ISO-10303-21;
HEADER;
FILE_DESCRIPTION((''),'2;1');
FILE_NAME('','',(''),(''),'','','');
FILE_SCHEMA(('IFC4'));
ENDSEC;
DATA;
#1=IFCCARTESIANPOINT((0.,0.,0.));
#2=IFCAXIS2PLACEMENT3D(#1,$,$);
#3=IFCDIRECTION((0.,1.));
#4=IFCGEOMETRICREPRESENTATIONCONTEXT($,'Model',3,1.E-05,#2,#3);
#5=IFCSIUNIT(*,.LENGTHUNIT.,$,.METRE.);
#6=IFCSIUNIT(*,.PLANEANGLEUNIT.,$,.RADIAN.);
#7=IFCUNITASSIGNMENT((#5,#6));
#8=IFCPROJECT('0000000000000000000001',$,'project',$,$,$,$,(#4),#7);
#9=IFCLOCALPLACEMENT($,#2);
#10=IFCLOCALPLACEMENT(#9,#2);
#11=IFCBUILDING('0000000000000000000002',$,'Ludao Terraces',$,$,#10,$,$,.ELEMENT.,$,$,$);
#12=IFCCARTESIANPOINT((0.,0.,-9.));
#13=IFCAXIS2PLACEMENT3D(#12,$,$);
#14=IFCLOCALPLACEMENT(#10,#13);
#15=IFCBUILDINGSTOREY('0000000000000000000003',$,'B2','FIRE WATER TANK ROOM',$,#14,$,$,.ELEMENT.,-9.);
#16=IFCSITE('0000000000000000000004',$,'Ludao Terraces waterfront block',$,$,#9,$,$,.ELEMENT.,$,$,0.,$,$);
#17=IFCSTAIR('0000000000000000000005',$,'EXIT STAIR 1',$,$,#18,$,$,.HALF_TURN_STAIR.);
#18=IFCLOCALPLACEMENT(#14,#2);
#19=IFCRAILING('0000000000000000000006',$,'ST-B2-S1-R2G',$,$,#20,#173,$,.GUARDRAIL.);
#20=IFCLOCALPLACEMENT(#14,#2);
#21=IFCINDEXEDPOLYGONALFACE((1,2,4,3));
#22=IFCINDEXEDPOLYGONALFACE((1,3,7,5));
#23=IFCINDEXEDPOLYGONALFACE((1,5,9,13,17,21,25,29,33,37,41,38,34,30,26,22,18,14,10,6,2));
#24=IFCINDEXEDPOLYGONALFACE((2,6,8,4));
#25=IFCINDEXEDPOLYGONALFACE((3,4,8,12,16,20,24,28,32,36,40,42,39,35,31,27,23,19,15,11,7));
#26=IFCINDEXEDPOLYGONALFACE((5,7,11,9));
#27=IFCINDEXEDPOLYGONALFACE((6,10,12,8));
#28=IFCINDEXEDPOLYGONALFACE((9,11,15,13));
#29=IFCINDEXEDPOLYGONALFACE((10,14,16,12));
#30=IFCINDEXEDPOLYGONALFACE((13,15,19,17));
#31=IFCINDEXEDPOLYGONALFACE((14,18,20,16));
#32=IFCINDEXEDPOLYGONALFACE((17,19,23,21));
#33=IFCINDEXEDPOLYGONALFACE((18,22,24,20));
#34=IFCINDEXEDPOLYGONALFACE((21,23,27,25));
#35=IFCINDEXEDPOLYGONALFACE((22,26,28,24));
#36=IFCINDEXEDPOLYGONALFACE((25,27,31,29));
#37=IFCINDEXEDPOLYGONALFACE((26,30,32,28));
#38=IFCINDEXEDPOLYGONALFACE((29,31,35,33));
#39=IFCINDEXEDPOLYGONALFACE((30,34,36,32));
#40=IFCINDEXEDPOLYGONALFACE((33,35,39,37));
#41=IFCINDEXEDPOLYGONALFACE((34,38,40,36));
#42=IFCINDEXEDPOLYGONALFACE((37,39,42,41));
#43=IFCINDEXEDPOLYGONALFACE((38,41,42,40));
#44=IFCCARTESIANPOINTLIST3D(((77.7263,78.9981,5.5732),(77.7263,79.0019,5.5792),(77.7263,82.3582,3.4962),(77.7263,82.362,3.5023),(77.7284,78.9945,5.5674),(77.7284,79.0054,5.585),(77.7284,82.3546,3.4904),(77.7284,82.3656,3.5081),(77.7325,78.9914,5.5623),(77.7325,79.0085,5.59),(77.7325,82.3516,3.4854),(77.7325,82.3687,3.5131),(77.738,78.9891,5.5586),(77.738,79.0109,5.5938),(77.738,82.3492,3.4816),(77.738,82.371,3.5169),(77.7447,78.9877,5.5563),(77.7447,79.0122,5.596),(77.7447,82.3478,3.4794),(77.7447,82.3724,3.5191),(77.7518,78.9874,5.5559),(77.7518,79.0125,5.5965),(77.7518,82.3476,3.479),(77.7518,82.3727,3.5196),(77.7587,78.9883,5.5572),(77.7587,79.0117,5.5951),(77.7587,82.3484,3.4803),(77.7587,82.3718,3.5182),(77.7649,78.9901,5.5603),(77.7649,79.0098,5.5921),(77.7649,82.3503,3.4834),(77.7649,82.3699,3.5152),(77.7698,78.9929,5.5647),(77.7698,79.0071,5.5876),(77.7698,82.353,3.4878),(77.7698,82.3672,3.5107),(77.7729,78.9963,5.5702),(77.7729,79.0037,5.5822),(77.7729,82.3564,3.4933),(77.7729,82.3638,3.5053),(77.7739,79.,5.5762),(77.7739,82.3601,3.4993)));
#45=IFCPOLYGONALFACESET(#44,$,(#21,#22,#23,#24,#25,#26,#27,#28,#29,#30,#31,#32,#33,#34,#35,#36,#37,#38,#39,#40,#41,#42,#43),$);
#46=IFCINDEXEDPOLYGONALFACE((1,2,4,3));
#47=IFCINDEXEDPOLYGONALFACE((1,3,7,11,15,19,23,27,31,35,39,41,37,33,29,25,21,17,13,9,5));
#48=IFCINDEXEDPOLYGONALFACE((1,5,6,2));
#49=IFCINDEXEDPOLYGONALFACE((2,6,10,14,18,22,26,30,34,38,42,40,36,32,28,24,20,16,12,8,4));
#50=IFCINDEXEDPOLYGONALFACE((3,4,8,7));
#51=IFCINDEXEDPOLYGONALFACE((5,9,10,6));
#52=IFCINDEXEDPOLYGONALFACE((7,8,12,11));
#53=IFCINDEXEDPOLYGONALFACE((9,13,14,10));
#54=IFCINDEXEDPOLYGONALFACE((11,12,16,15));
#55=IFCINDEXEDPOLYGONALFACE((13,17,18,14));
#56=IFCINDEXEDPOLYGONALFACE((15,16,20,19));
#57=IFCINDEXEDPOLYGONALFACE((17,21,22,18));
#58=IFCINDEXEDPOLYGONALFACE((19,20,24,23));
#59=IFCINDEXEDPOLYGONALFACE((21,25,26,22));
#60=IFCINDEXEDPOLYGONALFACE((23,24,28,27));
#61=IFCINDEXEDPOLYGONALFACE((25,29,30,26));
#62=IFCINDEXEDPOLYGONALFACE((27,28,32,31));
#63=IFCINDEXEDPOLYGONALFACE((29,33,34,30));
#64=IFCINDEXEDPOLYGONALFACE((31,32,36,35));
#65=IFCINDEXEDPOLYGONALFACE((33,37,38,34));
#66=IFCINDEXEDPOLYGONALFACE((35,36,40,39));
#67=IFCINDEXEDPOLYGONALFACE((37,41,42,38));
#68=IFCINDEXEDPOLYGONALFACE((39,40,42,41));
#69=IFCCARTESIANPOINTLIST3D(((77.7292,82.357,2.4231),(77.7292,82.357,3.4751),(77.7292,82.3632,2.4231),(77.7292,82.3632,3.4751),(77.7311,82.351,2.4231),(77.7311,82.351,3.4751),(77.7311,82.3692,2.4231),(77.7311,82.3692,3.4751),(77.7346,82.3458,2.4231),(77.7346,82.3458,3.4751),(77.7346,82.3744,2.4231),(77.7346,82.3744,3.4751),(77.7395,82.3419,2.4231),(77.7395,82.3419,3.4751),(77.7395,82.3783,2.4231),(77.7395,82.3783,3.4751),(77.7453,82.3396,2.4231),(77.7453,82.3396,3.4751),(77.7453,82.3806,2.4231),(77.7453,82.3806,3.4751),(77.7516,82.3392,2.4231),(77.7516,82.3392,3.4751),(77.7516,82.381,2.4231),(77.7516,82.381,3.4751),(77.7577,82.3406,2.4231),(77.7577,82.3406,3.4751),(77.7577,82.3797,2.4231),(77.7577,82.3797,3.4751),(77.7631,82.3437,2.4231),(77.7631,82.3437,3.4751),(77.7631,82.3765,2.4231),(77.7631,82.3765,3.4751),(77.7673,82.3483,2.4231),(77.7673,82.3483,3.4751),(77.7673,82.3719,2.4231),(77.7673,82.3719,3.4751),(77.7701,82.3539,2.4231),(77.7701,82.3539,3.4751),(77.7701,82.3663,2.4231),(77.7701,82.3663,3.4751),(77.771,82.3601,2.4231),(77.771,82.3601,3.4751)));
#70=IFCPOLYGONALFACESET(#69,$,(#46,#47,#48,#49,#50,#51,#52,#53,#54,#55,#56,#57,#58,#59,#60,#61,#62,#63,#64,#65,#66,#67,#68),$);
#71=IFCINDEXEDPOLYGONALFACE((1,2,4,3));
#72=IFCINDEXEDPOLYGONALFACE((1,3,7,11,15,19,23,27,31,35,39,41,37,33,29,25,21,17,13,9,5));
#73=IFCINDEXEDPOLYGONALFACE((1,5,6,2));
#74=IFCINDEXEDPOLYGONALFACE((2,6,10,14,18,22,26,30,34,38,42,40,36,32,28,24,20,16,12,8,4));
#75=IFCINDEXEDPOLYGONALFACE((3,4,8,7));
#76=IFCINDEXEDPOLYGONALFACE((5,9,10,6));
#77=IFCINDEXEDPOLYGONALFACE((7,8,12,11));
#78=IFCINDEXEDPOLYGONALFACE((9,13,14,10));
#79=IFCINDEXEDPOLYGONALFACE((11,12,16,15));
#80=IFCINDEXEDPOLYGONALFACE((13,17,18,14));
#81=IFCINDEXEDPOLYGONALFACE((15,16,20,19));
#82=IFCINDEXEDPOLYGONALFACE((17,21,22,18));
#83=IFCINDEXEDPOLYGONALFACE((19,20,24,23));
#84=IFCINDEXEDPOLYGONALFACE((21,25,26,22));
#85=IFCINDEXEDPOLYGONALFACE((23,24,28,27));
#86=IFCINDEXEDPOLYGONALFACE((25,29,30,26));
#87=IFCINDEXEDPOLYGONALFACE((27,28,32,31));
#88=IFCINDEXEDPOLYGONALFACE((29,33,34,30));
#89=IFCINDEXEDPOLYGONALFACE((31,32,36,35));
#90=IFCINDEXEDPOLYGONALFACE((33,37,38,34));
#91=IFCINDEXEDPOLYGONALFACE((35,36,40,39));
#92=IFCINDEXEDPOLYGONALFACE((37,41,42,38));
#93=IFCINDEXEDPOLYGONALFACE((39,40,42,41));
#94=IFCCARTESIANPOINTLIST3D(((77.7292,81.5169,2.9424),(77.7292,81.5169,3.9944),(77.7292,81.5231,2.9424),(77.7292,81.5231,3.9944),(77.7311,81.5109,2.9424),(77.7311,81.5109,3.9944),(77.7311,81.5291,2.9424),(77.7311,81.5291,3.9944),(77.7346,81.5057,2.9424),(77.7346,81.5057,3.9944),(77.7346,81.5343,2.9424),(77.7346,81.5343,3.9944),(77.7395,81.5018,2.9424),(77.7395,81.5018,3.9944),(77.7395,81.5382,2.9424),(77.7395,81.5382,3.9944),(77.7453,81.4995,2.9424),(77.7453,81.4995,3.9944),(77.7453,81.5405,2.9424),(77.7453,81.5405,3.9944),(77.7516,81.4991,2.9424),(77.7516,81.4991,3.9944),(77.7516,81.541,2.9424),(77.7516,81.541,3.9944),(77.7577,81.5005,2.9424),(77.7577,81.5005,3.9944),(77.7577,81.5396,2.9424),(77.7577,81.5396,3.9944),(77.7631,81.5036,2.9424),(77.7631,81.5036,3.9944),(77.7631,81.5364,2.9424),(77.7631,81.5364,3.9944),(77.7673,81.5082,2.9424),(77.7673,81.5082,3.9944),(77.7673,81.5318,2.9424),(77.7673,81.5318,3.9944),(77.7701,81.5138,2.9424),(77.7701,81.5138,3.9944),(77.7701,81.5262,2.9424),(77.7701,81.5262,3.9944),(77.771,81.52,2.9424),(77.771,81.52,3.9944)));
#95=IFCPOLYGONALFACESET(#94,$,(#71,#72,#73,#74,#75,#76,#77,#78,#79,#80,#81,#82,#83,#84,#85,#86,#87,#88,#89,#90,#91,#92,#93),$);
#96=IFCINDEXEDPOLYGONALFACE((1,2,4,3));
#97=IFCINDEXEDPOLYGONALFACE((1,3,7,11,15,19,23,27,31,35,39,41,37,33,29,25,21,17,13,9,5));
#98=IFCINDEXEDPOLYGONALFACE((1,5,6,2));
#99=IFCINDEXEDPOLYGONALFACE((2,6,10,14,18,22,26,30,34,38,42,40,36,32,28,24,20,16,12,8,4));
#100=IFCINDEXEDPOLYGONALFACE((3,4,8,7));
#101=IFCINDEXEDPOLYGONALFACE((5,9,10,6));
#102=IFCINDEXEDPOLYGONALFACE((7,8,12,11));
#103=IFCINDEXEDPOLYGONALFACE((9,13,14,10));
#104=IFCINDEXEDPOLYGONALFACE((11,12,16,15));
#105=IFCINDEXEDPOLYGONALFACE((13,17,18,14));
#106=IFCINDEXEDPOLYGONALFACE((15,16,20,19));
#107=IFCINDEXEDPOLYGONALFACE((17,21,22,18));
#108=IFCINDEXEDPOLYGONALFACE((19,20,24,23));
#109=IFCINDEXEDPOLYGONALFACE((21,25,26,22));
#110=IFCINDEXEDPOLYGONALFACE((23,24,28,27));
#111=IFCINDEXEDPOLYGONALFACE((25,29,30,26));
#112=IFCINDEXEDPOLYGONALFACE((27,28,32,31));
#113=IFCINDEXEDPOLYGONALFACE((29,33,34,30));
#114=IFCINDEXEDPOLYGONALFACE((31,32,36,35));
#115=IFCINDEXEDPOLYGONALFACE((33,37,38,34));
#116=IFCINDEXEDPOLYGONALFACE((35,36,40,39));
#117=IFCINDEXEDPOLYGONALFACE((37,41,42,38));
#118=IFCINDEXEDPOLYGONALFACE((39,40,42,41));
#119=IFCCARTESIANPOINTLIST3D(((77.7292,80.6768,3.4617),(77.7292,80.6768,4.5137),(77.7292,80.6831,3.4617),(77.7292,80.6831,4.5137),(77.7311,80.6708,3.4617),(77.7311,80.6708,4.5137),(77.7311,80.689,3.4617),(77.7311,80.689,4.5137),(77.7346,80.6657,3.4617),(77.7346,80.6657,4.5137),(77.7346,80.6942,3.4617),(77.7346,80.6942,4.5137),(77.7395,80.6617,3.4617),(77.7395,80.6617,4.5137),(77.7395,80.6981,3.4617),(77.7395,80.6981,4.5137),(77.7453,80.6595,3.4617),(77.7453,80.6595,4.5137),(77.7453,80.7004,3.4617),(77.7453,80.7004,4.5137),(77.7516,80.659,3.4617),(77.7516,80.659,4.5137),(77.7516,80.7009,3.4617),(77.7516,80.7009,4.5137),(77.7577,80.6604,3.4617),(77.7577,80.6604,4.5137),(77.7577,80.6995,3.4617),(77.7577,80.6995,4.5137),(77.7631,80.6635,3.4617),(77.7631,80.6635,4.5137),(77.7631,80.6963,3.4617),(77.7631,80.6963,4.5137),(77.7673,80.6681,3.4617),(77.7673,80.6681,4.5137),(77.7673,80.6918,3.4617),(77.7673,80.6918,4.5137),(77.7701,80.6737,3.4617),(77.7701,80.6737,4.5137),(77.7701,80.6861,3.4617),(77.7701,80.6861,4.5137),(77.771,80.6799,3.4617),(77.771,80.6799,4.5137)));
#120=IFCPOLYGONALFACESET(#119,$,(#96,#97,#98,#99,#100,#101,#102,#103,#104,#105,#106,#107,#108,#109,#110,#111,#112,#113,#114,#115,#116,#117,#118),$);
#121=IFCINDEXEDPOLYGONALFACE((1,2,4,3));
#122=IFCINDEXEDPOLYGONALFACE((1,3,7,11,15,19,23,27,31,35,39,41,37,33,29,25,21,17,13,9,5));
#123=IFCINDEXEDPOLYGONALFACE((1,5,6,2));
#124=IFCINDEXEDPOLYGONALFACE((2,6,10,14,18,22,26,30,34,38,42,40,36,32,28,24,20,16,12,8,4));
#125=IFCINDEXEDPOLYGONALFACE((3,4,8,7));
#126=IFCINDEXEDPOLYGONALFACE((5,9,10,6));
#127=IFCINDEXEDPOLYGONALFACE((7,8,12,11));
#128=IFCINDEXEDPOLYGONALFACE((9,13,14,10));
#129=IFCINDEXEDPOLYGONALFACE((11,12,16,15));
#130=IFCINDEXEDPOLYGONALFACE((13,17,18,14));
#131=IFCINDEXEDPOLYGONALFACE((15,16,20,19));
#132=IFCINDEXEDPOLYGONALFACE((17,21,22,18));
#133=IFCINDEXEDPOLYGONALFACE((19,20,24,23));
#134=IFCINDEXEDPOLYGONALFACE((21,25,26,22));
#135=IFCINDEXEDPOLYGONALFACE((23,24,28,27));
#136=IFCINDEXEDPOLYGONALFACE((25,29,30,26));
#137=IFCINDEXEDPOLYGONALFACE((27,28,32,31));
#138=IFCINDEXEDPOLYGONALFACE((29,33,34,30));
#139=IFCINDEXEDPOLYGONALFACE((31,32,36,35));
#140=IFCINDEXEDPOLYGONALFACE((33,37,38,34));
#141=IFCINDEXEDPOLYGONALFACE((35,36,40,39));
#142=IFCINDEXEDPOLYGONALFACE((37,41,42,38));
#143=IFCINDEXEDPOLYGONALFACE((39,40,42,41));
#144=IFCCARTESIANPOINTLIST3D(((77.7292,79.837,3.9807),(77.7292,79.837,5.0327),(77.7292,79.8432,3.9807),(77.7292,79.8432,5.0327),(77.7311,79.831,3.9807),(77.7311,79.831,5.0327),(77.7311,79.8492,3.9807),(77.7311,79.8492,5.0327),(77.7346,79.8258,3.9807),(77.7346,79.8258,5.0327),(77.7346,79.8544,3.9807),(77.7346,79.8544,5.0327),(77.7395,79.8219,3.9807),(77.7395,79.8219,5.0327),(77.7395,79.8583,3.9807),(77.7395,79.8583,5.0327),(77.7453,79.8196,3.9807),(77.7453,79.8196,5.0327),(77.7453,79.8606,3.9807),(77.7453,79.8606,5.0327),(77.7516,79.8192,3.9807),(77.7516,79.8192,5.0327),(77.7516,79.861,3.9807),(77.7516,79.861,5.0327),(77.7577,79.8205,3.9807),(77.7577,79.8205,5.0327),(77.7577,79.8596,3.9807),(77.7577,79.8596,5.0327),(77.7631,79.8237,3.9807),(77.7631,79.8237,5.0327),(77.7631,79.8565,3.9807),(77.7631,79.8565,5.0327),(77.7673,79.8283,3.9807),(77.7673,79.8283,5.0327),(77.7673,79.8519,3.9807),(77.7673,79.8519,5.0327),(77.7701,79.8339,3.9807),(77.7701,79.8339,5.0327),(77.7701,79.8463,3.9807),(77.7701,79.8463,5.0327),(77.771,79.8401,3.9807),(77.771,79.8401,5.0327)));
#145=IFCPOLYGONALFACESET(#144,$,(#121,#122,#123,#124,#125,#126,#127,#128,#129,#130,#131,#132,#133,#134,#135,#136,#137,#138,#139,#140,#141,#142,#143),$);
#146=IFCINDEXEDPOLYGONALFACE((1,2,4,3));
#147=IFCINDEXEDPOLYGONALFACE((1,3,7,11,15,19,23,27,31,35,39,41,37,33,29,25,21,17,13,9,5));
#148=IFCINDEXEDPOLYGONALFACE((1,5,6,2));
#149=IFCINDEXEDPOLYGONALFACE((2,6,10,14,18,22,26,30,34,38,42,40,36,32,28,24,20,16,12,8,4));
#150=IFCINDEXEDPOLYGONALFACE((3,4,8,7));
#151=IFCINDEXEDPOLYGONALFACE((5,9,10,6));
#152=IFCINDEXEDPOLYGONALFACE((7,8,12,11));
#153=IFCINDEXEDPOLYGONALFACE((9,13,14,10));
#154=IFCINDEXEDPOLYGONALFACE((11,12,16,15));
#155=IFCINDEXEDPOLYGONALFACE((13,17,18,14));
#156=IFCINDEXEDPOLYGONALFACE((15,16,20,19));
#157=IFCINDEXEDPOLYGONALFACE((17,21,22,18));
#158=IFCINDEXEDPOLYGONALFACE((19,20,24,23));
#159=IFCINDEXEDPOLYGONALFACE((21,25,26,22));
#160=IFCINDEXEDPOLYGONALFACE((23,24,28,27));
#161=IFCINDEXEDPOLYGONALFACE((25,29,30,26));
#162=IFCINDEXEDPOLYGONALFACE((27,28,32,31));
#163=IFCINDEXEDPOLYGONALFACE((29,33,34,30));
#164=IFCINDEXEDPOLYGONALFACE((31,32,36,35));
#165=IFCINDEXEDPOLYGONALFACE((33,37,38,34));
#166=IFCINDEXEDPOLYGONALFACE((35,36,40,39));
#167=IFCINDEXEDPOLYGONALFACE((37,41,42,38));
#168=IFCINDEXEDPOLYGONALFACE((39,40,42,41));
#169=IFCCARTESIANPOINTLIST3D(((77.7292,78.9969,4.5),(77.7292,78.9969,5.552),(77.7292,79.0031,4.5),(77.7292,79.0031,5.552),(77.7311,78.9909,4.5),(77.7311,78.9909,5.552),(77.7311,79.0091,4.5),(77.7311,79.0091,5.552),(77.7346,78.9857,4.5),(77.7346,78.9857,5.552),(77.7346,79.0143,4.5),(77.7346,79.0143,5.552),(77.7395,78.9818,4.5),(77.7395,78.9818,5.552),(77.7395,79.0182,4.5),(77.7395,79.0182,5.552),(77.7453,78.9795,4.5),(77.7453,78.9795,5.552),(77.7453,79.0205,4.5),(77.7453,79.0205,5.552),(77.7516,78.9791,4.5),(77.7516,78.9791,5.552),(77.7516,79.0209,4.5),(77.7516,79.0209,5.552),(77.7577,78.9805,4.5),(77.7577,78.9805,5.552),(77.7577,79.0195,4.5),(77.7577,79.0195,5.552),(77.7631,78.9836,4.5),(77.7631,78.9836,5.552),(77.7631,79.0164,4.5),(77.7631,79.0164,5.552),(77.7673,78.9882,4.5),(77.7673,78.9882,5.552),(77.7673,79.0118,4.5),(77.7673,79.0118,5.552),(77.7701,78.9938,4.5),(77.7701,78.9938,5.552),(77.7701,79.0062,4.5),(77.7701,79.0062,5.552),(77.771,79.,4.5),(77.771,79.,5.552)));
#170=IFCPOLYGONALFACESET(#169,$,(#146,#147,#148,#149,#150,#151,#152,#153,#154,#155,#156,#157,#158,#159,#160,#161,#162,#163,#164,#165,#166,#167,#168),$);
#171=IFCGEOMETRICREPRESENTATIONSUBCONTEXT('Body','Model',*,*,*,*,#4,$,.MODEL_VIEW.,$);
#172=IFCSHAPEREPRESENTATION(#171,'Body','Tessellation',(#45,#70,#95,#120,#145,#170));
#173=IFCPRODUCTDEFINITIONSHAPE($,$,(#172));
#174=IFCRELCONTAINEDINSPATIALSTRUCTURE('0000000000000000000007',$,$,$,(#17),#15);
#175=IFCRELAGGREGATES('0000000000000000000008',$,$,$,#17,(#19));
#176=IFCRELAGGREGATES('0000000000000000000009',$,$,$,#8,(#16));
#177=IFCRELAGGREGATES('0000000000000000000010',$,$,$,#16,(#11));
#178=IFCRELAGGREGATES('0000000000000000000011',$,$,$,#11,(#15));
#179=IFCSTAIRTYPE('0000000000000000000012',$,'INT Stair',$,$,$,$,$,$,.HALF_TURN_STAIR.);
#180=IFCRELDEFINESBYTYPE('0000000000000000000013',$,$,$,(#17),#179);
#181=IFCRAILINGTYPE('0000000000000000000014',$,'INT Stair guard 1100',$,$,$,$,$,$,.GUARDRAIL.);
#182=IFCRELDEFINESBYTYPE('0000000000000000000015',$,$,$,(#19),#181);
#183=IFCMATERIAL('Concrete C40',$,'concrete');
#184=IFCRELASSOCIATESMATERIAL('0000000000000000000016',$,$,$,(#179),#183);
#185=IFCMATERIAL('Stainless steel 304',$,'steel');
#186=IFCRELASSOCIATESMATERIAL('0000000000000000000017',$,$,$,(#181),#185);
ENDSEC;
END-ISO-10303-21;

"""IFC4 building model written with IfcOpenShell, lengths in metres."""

from ifc_helpers import new_model, si_unit, direction, frame, origin, origin_2d, place, context, subcontext, project, spatial, circle, extrude, material, type_object, element, aggregate, save


model = new_model("IFC4")

# Units and contexts
model_context = context("Model", 3, precision=1e-05, world=origin(), true_north=direction((0.0, 1.0)))
body_context = subcontext(model_context, "Body", "Model", "MODEL_VIEW")
ifc_project = project(units=[si_unit("LENGTHUNIT", "METRE"), si_unit("PLANEANGLEUNIT", "RADIAN")], contexts=[model_context])

# Site, building, storey
site_placement = place(None, origin())
site = spatial("IfcSite", under=ifc_project, at=site_placement, Name="Ludao Terraces waterfront block", CompositionType="ELEMENT", RefElevation=0.0)
building_placement = place(site_placement, origin())
building = spatial("IfcBuilding", under=site, at=building_placement, Name="Ludao Terraces", CompositionType="ELEMENT")
storey_placement = place(building_placement, frame((0.0, 0.0, -9.0)))
storey = spatial("IfcBuildingStorey", under=building, at=storey_placement, Name="B2", Description="FIRE WATER TANK ROOM", CompositionType="ELEMENT", Elevation=-9.0)

# Shared definitions
ifc_material_1 = material(Name="Concrete C40", Category="concrete")

# Stair, railing
stair_type = type_object("IfcStairType", Name="INT Stair", PredefinedType="HALF_TURN_STAIR", material=ifc_material_1)
stair_placement = place(storey_placement, origin())
stair = element("IfcStair", 1, at=stair_placement, inside=storey, type_object=stair_type, Name="EXIT STAIR 1", PredefinedType="HALF_TURN_STAIR")
ifc_material_2 = material(Name="Stainless steel 304", Category="steel")
railing_type_1 = type_object("IfcRailingType", Name="INT Stair guard 1100", PredefinedType="GUARDRAIL", material=ifc_material_2)
railing_1_placement = place(storey_placement, frame((77.75, 82.3601, 2.4231)))
railing_1 = element("IfcRailing", 2, at=railing_1_placement, type_object=railing_type_1, Name="ST-B2-S1-R2G", PredefinedType="GUARDRAIL", context=body_context, shape_type="SweptSolid", body=[
    extrude(circle(Radius=0.0239, at=origin_2d()), frame((0.0, 0.0, 1.0762), z_axis=(0.0, -0.850623, 0.525776), x_axis=(1.0, 0.0, 0.0)), (0.0, 0.0, 1.0), 3.9502),
    extrude(circle(Radius=0.021, at=origin_2d()), origin(), (0.0, 0.0, 1.0), 1.052),
    extrude(circle(Radius=0.021, at=origin_2d()), frame((0.0, -0.8401, 0.5193)), (0.0, 0.0, 1.0), 1.052),
    extrude(circle(Radius=0.021, at=origin_2d()), frame((0.0, -1.6802, 1.0386)), (0.0, 0.0, 1.0), 1.052),
    extrude(circle(Radius=0.021, at=origin_2d()), frame((0.0, -2.52, 1.5576)), (0.0, 0.0, 1.0), 1.052),
    extrude(circle(Radius=0.021, at=origin_2d()), frame((0.0, -3.3601, 2.0769)), (0.0, 0.0, 1.0), 1.052),
])
aggregate(stair, [railing_1])

save(model, "model.ifc")
